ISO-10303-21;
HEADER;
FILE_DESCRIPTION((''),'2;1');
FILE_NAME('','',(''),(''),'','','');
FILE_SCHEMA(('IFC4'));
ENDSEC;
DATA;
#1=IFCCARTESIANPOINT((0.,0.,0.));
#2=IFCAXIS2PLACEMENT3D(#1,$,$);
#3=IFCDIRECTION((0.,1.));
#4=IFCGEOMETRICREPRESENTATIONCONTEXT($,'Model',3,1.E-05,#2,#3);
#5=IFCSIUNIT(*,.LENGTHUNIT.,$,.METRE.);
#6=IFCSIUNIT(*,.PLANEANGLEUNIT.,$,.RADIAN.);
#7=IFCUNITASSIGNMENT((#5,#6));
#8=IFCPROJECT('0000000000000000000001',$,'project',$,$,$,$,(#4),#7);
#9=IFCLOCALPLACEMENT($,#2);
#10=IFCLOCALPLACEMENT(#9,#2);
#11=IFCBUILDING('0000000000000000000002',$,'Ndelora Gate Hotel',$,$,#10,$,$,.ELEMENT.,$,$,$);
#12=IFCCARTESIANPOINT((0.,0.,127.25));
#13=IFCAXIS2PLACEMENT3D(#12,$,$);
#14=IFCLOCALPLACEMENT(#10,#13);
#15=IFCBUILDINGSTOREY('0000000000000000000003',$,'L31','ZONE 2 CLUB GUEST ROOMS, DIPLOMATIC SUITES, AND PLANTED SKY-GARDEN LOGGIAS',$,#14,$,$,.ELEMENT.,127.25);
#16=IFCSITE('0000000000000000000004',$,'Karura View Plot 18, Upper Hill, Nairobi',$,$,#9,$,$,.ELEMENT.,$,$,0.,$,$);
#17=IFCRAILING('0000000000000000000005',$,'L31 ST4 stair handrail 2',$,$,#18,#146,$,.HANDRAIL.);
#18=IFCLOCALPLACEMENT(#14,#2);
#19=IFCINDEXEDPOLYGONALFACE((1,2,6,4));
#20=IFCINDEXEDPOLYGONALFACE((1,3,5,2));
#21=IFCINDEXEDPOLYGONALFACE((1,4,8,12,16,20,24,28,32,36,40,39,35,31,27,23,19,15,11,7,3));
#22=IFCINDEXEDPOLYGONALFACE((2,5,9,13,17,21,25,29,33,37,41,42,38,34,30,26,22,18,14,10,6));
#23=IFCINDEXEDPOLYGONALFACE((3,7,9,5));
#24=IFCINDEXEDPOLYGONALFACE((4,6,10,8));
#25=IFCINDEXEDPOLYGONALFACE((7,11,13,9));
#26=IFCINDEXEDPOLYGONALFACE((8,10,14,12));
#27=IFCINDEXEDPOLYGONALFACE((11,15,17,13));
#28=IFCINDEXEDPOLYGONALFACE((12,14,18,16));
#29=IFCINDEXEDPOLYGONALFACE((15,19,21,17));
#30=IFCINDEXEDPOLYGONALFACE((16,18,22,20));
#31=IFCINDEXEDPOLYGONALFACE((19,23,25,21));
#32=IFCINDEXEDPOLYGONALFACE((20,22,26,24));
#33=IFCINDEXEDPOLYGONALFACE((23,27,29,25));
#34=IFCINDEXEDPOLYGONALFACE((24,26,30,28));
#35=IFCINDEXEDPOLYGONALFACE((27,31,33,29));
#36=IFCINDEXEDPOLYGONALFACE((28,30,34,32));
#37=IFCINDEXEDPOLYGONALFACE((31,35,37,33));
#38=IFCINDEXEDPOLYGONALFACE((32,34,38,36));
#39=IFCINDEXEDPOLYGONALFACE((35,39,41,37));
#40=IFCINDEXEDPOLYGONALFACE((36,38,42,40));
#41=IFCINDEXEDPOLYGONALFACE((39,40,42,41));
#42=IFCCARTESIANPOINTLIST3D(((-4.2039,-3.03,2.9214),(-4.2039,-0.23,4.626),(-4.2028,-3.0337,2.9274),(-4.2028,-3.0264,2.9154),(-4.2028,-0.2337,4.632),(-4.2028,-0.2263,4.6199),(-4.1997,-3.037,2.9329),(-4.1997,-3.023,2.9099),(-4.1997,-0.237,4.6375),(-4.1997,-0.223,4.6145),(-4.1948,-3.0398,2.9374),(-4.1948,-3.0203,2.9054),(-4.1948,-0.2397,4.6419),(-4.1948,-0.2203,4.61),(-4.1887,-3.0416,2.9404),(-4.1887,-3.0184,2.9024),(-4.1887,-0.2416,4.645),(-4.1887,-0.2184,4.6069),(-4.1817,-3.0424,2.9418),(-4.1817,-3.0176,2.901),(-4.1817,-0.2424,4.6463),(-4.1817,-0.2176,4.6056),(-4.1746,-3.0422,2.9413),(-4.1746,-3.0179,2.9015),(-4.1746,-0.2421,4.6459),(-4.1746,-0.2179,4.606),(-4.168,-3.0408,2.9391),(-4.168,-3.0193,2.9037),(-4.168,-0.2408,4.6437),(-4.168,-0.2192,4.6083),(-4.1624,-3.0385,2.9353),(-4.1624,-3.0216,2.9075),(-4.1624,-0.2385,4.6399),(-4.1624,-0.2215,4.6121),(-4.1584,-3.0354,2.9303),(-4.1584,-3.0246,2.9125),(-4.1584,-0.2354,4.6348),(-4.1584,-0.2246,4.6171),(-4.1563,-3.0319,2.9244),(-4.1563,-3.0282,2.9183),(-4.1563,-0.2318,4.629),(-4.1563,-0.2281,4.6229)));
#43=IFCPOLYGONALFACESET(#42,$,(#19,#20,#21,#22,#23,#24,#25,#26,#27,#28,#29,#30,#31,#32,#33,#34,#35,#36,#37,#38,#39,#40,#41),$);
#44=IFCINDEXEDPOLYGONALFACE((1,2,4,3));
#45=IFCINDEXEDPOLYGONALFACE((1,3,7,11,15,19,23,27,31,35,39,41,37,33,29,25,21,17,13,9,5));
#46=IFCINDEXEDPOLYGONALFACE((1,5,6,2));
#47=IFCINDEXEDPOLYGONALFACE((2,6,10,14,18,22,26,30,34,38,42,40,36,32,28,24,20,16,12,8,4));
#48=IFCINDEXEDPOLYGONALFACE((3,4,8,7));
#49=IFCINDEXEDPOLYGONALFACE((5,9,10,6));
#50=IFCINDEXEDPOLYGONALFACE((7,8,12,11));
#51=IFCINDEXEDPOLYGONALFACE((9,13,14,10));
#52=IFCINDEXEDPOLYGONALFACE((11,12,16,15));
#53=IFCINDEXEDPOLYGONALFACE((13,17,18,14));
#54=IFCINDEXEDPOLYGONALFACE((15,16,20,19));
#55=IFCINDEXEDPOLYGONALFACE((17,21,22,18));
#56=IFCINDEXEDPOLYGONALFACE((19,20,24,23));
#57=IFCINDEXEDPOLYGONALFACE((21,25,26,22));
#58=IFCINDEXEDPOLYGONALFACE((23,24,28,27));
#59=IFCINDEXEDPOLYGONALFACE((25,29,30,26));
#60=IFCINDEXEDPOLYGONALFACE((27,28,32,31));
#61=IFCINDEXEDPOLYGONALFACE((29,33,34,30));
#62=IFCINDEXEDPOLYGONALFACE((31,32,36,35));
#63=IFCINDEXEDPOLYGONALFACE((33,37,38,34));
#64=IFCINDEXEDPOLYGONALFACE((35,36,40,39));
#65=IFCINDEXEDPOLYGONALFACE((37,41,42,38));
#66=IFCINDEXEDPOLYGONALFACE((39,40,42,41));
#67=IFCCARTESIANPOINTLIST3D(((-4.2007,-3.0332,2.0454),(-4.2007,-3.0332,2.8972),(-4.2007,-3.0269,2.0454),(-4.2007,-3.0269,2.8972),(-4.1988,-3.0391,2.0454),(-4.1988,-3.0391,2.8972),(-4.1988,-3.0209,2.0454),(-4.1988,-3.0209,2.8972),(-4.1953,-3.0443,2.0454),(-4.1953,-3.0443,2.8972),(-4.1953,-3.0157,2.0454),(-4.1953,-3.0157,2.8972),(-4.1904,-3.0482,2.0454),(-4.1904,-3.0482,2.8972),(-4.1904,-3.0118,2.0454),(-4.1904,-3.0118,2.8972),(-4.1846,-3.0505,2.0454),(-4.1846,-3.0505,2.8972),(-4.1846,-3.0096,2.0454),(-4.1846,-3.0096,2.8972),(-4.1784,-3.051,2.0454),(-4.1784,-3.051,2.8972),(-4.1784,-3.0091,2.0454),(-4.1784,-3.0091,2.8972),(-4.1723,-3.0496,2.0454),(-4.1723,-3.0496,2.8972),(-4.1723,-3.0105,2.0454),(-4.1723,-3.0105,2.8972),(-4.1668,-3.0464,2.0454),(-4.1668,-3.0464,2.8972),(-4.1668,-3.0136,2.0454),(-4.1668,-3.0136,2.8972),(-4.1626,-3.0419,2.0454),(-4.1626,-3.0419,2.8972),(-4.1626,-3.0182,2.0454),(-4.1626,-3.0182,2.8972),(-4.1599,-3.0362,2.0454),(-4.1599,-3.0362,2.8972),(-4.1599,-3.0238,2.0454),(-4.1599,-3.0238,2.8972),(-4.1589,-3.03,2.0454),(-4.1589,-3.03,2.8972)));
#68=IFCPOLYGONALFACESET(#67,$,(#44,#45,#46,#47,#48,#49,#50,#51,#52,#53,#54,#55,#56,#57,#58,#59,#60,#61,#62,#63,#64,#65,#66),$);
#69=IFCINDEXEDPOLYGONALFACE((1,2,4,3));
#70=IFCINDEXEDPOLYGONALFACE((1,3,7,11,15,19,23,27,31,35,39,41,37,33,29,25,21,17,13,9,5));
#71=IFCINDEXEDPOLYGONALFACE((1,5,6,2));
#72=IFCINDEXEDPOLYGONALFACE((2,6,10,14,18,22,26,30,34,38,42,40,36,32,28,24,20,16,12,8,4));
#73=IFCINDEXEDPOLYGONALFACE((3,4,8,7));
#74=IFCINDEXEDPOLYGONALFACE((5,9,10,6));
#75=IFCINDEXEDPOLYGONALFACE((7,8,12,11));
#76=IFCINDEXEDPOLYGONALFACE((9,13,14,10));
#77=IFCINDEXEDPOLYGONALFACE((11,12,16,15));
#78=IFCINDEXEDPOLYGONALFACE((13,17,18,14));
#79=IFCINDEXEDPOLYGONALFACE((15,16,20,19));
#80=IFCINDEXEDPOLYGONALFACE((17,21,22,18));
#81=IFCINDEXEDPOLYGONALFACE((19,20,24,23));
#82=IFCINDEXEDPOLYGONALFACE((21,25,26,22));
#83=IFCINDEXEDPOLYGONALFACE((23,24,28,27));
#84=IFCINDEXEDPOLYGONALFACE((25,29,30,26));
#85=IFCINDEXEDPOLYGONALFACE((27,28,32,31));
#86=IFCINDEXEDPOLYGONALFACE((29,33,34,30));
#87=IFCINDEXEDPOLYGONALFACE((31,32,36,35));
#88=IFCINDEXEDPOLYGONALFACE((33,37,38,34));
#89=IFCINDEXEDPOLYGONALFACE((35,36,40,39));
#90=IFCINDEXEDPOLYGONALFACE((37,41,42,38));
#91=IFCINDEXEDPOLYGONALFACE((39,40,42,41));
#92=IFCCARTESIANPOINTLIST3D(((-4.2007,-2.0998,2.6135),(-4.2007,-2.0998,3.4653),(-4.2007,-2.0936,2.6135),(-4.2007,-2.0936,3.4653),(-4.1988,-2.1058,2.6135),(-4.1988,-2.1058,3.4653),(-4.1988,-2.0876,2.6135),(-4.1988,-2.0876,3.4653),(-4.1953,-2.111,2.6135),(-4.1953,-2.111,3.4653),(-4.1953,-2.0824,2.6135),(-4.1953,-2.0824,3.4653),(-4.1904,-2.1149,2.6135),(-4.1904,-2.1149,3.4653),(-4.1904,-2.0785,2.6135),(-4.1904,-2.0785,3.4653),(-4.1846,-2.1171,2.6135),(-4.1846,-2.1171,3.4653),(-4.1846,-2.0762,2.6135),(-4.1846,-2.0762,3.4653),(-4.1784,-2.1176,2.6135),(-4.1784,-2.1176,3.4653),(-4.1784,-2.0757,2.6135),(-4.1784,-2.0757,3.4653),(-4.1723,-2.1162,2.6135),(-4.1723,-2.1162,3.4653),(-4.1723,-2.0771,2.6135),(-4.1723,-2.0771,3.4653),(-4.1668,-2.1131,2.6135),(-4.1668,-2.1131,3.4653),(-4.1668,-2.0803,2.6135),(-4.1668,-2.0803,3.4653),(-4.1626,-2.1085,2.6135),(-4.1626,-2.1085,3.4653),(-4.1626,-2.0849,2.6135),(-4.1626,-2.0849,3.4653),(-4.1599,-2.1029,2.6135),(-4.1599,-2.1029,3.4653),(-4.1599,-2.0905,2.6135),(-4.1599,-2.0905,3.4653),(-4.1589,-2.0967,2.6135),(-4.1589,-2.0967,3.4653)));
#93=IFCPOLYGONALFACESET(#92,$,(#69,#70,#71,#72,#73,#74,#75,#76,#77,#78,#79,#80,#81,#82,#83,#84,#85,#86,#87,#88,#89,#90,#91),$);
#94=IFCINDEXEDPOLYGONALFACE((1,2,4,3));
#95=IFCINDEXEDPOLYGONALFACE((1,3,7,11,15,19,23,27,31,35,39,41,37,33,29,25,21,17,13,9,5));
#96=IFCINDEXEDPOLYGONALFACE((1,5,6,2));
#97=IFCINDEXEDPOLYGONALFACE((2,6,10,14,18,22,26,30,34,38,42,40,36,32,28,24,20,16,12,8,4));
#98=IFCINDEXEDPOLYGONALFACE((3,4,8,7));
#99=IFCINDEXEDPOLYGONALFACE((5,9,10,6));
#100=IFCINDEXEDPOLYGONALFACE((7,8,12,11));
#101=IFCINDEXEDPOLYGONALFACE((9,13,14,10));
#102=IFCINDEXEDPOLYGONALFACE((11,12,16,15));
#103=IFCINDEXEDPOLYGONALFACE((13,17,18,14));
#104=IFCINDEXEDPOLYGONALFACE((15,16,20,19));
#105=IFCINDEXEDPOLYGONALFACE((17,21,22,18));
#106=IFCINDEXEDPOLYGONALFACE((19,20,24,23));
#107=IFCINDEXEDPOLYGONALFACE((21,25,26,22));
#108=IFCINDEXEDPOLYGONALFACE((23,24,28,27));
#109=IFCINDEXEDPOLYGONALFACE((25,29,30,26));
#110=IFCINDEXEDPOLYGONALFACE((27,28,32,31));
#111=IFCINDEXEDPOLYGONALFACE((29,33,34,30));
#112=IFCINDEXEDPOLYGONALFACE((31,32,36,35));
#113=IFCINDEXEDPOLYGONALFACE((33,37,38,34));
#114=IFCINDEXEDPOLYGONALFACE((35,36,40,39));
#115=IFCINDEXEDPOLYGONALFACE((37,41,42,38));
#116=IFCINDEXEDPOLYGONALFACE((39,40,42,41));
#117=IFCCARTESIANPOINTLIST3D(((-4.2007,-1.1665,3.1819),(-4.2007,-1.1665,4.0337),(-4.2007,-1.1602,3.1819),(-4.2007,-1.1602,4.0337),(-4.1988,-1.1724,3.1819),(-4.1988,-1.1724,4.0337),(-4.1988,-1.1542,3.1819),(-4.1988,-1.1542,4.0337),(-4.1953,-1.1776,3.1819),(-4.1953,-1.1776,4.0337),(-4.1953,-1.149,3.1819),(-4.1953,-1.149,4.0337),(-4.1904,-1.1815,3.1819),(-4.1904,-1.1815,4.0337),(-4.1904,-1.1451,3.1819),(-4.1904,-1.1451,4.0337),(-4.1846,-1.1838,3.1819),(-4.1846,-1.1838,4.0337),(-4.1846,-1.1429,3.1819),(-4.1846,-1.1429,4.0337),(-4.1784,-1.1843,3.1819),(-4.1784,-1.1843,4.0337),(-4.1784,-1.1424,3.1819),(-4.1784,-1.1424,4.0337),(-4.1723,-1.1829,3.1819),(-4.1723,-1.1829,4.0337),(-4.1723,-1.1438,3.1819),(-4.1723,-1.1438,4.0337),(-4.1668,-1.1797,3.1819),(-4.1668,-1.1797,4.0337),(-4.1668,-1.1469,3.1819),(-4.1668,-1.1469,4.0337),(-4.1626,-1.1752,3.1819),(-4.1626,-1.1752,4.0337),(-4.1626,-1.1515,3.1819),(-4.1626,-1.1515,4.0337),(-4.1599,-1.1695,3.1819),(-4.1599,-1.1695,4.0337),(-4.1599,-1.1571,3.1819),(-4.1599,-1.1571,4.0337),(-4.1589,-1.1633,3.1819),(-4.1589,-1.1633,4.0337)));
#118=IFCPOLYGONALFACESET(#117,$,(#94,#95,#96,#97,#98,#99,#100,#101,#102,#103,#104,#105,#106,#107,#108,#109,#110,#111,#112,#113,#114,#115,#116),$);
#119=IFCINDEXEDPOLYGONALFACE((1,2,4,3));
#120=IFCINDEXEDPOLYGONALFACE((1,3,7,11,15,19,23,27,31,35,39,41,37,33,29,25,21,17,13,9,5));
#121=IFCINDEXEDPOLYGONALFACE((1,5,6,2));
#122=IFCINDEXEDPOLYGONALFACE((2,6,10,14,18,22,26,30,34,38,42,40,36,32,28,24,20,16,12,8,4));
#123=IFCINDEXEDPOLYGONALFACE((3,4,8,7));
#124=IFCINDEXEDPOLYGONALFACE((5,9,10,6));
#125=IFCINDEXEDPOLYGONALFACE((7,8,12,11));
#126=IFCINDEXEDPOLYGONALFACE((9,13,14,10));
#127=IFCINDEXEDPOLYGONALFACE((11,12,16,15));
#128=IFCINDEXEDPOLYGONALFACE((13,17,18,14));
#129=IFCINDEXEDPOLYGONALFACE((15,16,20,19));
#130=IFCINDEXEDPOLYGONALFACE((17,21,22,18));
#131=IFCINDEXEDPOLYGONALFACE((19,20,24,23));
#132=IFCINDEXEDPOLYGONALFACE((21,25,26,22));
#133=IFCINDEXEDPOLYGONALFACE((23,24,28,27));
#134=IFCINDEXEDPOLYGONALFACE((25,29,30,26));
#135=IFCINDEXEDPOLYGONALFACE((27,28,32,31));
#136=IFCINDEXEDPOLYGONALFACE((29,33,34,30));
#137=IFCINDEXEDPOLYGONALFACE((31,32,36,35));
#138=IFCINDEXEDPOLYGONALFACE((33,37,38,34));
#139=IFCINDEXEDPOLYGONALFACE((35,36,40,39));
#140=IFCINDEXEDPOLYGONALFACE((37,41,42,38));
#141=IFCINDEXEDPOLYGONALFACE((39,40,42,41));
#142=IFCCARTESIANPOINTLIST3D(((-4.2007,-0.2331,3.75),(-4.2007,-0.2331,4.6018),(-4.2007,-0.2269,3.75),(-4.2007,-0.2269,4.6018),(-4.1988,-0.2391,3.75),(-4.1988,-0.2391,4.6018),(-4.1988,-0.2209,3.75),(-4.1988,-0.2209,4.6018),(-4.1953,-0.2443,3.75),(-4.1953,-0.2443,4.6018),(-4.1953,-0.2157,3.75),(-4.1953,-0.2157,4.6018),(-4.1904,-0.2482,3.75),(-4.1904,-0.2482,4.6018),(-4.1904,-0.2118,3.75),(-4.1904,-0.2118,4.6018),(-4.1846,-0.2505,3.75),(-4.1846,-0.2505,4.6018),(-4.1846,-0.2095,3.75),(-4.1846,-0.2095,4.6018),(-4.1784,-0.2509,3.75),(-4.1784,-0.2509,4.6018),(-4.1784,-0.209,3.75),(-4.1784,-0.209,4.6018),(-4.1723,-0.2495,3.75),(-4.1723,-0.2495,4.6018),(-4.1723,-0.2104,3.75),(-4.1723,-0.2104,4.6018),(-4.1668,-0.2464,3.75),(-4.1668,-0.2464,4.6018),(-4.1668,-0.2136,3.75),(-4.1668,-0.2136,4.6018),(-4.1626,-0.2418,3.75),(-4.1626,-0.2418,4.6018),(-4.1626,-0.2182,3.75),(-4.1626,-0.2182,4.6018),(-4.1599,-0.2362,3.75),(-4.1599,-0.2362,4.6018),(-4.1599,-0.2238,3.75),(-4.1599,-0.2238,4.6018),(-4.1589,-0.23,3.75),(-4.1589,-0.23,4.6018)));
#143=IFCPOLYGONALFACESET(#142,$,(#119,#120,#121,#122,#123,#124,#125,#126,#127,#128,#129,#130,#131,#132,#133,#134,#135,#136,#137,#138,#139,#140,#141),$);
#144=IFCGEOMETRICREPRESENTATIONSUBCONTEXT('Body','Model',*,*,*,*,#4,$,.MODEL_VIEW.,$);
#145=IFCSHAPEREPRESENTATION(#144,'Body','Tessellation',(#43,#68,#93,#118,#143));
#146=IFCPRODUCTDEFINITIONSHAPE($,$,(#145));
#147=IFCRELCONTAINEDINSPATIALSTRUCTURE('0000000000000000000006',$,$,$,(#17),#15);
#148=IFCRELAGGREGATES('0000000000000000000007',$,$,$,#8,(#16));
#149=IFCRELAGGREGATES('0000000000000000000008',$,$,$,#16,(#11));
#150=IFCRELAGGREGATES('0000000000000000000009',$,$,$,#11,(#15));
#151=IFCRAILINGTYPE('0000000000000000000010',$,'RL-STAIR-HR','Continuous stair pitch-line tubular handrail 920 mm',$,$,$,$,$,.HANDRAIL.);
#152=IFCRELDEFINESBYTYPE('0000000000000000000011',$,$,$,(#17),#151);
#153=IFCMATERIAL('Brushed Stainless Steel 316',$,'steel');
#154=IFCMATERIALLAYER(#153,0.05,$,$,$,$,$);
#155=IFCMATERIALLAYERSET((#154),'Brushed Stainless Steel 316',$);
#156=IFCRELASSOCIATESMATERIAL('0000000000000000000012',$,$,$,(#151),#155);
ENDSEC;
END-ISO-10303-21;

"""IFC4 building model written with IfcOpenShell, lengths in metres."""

from ifc_helpers import new_model, si_unit, direction, frame, origin, origin_2d, place, context, subcontext, project, spatial, circle, extrude, material, layer, layer_set, type_object, element, save


model = new_model("IFC4")

# Units and contexts
model_context = context("Model", 3, precision=1e-05, world=origin(), true_north=direction((0.0, 1.0)))
body_context = subcontext(model_context, "Body", "Model", "MODEL_VIEW")
ifc_project = project(units=[si_unit("LENGTHUNIT", "METRE"), si_unit("PLANEANGLEUNIT", "RADIAN")], contexts=[model_context])

# Site, building, storey
site_placement = place(None, origin())
site = spatial("IfcSite", under=ifc_project, at=site_placement, Name="Karura View Plot 18, Upper Hill, Nairobi", CompositionType="ELEMENT", RefElevation=0.0)
building_placement = place(site_placement, origin())
building = spatial("IfcBuilding", under=site, at=building_placement, Name="Ndelora Gate Hotel", CompositionType="ELEMENT")
storey_placement = place(building_placement, frame((0.0, 0.0, 127.25)))
storey = spatial("IfcBuildingStorey", under=building, at=storey_placement, Name="L31", Description="ZONE 2 CLUB GUEST ROOMS, DIPLOMATIC SUITES, AND PLANTED SKY-GARDEN LOGGIAS", CompositionType="ELEMENT", Elevation=127.25)

# Railing
ifc_material_1 = material(Name="Brushed Stainless Steel 316", Category="steel")
ifc_layer_1 = layer(ifc_material_1, 0.05)
ifc_layer_set_1 = layer_set([ifc_layer_1], Name="Brushed Stainless Steel 316")
railing_type_1 = type_object("IfcRailingType", Name="RL-STAIR-HR", Description="Continuous stair pitch-line tubular handrail 920 mm", PredefinedType="HANDRAIL", material=ifc_layer_set_1)
railing_1_placement = place(storey_placement, frame((-4.1799, -3.03, 2.0454)))
element("IfcRailing", 1, at=railing_1_placement, inside=storey, type_object=railing_type_1, Name="L31 ST4 stair handrail 2", PredefinedType="HANDRAIL", context=body_context, shape_type="SweptSolid", body=[
    extrude(circle(Radius=0.0239, at=origin_2d()), frame((0.0, 0.0, 0.876), z_axis=(0.0, 0.85417, 0.519994), x_axis=(-1.0, 0.0, 0.0)), (0.0, 0.0, 1.0), 3.2781),
    extrude(circle(Radius=0.021, at=origin_2d()), origin(), (0.0, 0.0, 1.0), 0.8518),
    extrude(circle(Radius=0.021, at=origin_2d()), frame((0.0, 0.9333, 0.5681)), (0.0, 0.0, 1.0), 0.8518),
    extrude(circle(Radius=0.021, at=origin_2d()), frame((0.0, 1.8667, 1.1365)), (0.0, 0.0, 1.0), 0.8518),
    extrude(circle(Radius=0.021, at=origin_2d()), frame((0.0, 2.8, 1.7046)), (0.0, 0.0, 1.0), 0.8518),
])

save(model, "model.ifc")
